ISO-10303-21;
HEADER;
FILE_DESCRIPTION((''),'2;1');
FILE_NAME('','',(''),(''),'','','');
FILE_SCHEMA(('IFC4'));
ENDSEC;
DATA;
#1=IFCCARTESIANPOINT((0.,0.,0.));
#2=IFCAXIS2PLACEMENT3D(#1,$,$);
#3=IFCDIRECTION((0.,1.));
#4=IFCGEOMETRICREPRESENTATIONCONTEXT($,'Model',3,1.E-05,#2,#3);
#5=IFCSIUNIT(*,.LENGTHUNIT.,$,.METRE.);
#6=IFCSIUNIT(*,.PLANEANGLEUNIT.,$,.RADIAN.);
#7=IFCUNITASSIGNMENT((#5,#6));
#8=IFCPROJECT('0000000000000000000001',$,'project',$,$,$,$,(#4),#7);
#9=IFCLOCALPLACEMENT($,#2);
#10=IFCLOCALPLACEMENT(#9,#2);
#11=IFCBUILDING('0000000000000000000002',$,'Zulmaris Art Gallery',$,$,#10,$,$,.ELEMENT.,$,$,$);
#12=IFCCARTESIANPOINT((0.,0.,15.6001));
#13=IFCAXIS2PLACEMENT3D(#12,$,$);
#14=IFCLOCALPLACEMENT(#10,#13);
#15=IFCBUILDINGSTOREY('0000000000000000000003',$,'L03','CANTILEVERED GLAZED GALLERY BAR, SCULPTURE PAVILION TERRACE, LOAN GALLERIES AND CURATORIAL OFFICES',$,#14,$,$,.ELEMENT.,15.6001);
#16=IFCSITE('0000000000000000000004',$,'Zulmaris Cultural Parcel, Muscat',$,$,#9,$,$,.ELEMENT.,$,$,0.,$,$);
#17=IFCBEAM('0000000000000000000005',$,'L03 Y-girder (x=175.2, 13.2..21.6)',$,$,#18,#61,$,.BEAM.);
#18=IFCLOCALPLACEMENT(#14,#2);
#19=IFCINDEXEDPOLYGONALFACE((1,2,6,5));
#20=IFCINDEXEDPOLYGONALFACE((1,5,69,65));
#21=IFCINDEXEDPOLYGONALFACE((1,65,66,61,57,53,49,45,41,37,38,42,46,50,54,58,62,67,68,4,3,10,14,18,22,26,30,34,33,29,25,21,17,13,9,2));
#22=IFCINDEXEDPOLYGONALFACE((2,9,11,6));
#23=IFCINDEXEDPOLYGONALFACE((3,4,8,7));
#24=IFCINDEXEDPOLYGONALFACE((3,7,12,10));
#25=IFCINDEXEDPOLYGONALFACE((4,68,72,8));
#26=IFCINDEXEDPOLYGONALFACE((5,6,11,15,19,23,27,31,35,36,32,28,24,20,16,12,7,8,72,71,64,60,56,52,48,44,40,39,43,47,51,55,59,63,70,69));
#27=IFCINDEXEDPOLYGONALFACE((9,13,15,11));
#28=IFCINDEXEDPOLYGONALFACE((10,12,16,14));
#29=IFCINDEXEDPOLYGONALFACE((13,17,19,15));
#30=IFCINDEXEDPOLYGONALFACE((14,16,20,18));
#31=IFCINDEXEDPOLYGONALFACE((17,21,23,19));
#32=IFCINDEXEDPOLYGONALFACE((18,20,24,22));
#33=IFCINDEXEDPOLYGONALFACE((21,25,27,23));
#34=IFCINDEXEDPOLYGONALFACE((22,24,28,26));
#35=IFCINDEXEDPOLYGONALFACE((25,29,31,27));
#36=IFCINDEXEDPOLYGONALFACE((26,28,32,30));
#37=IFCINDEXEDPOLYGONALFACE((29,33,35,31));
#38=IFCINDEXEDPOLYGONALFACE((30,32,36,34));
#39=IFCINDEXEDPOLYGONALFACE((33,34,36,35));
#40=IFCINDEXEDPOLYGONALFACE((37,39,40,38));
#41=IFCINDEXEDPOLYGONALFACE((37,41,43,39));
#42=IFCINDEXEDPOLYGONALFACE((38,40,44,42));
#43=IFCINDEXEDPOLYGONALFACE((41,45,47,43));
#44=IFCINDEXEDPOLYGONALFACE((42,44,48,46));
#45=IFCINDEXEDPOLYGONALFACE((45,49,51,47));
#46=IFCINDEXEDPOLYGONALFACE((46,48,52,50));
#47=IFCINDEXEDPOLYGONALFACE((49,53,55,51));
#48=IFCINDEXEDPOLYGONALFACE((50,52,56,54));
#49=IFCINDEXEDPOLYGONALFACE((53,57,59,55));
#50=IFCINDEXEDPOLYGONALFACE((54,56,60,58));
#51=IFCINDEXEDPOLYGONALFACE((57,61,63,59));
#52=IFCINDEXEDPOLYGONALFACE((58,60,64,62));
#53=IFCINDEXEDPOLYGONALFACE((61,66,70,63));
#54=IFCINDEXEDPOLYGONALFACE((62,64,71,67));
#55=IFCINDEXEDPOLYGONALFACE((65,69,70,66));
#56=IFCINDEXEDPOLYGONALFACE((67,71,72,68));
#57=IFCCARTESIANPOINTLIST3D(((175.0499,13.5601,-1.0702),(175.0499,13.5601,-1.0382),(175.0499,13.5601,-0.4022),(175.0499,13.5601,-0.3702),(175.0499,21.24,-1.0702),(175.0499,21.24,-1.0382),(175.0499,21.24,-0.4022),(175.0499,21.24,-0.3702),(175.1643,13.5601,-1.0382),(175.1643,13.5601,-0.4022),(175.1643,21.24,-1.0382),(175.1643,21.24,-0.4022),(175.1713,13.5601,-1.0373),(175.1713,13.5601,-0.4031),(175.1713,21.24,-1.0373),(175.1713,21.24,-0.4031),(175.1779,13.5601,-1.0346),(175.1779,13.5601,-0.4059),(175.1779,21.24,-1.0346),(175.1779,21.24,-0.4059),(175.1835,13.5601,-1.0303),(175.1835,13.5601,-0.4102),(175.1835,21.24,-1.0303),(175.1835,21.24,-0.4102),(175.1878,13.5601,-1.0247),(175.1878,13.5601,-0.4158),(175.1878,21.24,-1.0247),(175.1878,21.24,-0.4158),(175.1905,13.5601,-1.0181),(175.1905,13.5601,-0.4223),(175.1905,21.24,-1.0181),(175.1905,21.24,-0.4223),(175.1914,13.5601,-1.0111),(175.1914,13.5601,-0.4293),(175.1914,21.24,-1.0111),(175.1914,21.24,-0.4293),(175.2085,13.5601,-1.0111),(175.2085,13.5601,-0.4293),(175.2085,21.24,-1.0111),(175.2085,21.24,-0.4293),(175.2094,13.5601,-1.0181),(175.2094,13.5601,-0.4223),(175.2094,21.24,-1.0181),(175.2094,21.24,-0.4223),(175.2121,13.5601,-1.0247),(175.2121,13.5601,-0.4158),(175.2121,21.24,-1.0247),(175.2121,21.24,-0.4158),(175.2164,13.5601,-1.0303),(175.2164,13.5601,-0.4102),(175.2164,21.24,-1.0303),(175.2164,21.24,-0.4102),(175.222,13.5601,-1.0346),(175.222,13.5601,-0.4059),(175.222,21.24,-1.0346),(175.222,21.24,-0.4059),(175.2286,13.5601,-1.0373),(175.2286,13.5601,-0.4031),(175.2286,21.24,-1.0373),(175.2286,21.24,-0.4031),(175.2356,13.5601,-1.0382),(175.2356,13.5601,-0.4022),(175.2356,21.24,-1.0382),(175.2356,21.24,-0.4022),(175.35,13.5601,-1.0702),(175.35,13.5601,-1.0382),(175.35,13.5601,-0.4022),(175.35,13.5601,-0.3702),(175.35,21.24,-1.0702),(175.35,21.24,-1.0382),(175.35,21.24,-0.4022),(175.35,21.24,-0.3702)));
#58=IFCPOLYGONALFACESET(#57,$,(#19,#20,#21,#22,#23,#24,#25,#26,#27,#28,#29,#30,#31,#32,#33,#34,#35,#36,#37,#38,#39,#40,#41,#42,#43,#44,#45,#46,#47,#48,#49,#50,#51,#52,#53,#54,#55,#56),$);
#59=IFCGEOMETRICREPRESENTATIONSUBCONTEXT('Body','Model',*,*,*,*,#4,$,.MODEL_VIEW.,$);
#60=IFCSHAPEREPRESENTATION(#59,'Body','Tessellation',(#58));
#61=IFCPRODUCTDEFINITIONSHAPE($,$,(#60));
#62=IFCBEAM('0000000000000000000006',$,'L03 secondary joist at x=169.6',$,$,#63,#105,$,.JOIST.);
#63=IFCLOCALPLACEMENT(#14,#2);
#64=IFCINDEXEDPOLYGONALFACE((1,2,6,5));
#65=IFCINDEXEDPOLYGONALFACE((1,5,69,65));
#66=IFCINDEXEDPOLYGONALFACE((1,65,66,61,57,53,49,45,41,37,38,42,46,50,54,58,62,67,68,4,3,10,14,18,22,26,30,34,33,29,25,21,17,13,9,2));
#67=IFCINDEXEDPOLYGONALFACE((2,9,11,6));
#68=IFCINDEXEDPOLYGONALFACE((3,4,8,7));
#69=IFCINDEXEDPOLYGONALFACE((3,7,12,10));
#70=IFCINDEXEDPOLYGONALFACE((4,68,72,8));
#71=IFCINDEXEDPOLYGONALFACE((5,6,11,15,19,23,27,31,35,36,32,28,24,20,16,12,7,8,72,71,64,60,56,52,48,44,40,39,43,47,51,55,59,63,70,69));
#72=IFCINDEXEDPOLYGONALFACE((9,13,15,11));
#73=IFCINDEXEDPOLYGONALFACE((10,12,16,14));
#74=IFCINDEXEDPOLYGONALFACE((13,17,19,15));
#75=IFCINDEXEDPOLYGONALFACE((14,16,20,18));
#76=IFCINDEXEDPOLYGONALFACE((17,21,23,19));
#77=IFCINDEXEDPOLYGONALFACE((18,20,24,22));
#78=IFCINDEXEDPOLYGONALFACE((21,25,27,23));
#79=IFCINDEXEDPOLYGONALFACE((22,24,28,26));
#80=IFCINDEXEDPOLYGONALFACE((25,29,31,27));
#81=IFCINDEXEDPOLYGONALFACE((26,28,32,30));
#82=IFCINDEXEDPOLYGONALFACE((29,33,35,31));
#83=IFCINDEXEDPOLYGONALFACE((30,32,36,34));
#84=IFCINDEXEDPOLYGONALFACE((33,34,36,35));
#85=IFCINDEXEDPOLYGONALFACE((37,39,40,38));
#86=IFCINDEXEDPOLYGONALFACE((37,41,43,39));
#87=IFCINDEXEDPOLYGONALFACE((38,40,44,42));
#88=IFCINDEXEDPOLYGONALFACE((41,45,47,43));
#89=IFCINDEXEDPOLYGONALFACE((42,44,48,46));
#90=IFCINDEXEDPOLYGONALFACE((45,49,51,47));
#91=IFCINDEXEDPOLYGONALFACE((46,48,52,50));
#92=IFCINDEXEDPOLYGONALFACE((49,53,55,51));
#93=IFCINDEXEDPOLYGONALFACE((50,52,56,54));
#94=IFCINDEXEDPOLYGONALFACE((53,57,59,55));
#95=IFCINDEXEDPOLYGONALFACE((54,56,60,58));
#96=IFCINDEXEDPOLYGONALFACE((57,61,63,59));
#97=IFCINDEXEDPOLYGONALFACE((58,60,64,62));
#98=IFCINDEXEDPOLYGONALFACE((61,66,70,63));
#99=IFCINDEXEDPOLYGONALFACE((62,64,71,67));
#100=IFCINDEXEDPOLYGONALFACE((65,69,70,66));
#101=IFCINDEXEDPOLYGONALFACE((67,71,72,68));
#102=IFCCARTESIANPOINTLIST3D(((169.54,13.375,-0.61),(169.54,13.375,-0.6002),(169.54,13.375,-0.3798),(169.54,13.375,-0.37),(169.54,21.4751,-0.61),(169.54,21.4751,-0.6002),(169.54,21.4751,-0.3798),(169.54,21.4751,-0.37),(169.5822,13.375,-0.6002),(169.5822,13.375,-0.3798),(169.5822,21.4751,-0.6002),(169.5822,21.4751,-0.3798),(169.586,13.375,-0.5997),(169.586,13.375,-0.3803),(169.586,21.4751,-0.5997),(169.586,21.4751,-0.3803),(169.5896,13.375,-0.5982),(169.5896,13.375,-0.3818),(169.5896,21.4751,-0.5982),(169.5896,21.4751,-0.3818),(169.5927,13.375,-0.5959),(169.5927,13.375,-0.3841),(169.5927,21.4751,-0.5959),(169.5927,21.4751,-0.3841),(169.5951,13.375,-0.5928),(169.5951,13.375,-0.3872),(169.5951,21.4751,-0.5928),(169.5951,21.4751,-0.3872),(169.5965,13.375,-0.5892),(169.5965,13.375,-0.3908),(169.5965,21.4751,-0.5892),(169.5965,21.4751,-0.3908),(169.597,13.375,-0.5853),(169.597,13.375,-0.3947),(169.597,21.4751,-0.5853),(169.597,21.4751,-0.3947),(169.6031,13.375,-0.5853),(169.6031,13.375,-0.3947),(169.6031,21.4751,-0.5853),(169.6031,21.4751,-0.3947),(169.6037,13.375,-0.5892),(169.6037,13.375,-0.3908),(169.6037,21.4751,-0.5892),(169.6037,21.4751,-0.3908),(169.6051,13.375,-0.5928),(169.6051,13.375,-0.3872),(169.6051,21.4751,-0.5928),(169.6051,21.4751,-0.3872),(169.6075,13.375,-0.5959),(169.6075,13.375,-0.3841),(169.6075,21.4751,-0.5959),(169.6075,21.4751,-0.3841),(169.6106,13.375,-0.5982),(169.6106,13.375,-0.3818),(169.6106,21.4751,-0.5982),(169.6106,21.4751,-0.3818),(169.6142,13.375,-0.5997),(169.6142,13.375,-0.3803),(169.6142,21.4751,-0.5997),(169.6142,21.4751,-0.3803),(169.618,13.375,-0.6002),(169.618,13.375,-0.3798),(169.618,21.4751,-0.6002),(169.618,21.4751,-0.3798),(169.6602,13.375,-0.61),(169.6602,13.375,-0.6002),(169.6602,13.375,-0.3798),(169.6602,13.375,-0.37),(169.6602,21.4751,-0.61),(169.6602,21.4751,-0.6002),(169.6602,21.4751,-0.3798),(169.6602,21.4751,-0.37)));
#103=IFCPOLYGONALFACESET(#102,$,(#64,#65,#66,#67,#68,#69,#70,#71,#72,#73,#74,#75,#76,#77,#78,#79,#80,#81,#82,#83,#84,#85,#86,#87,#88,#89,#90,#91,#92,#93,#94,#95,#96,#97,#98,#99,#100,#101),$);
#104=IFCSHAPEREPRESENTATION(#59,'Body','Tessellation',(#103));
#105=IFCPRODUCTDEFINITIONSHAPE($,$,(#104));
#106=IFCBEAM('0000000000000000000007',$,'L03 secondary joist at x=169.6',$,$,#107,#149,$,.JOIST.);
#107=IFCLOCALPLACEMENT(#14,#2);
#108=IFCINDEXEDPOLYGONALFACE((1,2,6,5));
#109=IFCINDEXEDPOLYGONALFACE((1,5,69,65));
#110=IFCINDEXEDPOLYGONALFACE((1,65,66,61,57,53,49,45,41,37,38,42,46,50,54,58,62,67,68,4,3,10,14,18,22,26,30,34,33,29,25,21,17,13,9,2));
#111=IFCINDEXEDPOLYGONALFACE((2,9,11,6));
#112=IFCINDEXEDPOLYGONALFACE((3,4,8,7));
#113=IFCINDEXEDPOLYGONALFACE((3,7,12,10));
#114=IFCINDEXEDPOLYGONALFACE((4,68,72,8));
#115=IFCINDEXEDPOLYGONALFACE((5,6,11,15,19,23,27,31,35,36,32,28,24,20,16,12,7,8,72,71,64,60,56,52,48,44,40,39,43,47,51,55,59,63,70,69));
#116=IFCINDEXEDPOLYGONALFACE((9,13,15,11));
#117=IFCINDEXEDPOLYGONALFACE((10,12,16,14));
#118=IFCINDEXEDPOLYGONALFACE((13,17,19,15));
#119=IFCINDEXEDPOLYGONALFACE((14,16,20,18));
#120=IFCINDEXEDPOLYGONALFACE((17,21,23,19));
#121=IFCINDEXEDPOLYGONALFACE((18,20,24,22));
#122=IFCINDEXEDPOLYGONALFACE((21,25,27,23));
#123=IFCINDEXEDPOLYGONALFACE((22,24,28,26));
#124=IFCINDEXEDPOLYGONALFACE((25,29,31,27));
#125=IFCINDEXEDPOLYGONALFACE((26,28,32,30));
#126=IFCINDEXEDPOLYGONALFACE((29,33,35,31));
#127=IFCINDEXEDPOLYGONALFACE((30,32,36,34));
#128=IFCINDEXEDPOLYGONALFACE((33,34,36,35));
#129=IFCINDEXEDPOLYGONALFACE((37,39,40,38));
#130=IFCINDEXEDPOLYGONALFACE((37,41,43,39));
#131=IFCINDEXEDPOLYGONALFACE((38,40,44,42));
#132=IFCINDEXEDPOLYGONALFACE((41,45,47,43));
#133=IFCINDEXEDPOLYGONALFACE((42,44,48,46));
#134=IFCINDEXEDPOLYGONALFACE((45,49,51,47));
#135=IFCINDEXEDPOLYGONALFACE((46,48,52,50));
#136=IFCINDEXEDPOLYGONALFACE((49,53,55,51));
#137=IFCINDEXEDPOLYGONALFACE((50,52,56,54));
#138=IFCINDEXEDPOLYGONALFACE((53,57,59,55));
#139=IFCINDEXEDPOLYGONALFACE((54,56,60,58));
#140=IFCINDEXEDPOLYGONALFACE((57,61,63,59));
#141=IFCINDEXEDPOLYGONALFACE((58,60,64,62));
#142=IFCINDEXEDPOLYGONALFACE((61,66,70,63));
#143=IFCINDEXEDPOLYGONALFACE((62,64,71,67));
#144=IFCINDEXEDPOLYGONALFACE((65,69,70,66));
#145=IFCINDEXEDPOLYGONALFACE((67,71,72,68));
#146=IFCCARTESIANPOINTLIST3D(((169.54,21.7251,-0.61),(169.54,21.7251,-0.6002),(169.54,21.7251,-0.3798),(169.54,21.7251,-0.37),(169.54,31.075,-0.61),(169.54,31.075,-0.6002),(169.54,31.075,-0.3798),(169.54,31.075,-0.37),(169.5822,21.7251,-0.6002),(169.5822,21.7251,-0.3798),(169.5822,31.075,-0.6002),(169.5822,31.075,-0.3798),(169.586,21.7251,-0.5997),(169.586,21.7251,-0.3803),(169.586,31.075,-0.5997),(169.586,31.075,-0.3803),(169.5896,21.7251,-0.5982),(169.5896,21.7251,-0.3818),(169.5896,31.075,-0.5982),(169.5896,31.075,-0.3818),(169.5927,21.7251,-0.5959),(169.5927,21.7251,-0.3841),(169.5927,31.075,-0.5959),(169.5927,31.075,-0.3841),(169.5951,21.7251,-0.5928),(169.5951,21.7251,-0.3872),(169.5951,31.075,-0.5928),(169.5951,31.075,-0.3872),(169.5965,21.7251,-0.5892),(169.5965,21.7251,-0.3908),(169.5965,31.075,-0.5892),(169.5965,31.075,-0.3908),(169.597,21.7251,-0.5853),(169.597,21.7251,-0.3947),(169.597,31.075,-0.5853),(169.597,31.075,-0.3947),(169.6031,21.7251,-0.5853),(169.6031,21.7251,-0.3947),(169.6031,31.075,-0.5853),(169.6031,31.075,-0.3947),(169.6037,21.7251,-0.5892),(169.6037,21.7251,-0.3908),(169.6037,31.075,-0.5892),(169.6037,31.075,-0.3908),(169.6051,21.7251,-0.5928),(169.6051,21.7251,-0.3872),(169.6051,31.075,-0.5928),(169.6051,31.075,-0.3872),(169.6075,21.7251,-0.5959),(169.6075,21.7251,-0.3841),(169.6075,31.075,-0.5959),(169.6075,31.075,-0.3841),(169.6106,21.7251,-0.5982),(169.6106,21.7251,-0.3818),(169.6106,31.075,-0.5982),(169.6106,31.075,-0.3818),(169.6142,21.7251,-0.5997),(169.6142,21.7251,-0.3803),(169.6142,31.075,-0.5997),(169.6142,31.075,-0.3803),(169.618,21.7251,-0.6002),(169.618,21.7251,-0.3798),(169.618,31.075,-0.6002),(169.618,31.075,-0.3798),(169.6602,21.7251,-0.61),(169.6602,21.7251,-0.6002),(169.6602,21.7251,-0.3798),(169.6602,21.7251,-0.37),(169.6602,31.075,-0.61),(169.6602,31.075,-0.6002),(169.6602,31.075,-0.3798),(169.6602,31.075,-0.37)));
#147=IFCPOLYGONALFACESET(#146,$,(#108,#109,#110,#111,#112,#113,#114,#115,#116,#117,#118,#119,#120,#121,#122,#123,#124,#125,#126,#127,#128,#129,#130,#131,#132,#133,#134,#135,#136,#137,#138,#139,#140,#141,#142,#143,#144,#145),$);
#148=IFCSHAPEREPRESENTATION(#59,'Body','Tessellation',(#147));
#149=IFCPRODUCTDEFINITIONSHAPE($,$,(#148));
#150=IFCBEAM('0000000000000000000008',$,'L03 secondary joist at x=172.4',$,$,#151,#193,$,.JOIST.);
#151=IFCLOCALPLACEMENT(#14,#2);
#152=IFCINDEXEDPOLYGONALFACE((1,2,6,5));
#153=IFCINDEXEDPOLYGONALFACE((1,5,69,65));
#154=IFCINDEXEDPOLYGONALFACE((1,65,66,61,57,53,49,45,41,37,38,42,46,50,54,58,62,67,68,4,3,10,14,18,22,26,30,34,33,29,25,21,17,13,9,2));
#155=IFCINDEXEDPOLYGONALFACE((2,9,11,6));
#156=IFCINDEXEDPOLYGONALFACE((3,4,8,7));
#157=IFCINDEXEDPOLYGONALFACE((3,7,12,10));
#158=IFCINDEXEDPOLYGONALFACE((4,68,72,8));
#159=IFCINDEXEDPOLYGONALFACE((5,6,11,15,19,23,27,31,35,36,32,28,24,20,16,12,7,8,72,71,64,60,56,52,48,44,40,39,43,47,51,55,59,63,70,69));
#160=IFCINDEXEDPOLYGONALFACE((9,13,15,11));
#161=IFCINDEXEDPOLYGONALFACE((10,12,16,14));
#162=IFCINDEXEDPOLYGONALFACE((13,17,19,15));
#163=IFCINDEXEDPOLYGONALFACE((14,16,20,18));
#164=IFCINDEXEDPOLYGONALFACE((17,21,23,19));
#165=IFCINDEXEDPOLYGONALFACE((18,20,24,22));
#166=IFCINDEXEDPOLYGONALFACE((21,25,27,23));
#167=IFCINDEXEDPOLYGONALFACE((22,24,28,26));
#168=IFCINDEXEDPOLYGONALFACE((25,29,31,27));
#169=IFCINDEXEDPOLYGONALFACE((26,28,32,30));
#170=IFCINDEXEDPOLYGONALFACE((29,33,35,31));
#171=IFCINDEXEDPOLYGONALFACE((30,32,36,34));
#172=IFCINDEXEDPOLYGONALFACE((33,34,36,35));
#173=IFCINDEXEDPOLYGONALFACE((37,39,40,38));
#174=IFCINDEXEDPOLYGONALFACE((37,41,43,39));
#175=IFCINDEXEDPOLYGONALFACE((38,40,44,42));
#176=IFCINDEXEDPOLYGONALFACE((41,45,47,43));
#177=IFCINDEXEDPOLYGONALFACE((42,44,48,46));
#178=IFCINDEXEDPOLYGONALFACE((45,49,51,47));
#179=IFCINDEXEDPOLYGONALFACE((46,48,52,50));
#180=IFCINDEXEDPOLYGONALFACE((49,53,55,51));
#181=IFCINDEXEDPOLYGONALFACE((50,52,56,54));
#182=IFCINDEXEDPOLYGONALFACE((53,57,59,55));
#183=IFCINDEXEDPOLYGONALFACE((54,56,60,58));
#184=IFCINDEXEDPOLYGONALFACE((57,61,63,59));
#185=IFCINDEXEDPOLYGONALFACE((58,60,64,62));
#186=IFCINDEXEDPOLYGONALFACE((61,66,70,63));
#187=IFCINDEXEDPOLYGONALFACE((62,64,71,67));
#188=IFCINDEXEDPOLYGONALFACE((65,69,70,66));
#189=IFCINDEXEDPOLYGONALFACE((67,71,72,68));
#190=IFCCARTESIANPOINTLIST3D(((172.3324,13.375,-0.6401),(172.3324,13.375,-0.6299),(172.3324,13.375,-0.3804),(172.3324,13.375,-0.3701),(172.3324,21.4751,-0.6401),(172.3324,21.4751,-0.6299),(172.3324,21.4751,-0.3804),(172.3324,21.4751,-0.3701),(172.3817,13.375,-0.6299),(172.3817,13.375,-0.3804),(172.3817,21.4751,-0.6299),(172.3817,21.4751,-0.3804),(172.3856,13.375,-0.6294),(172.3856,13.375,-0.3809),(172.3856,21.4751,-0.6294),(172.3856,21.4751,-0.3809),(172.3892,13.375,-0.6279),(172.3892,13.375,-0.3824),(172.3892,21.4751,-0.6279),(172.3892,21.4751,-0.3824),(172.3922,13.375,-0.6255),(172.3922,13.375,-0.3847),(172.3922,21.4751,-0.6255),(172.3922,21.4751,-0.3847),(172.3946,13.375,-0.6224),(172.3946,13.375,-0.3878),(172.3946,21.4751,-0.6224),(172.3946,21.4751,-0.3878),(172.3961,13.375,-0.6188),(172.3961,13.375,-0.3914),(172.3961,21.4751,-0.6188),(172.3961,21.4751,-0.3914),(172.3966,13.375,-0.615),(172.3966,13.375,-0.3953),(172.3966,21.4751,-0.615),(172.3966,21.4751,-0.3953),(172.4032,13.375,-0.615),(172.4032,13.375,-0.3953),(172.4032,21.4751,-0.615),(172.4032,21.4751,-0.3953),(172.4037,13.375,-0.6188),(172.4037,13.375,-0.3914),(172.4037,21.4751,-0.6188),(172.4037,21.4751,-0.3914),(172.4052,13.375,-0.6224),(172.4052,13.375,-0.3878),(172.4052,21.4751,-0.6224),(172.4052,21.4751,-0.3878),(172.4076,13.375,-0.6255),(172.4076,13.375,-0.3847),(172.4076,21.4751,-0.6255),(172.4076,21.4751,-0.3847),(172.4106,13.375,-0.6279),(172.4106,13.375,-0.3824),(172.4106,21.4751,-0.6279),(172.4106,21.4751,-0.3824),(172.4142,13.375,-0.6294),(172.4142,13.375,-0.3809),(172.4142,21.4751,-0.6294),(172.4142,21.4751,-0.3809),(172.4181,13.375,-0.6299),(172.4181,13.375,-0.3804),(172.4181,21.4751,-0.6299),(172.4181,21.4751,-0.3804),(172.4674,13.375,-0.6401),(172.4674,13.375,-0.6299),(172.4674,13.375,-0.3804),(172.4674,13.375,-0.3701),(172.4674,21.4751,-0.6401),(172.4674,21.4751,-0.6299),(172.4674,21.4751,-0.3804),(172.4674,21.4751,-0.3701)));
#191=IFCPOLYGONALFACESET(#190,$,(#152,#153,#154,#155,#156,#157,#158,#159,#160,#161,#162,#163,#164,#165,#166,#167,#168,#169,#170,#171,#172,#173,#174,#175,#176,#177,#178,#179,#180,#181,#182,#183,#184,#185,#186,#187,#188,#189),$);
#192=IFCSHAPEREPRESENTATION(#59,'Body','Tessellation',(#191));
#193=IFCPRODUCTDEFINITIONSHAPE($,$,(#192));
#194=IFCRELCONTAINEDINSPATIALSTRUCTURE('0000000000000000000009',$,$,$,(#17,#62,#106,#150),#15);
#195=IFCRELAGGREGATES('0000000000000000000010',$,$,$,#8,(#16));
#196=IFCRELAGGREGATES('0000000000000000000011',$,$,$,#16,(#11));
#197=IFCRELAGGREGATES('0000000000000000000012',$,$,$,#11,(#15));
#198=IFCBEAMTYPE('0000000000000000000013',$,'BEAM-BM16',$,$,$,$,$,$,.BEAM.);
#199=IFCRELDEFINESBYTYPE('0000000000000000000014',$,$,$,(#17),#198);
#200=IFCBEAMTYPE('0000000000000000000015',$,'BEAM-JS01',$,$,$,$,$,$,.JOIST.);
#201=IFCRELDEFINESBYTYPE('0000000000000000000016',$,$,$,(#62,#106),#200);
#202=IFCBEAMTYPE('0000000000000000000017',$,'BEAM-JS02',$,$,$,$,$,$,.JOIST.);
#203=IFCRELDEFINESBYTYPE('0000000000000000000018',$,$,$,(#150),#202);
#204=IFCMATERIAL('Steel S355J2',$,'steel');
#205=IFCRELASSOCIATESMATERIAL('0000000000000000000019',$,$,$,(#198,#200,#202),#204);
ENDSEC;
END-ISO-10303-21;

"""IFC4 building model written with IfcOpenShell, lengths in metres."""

from ifc_helpers import new_model, si_unit, direction, frame, origin, origin_2d, place, context, subcontext, project, spatial, i_section, extrude, material, material_profile, profile_set, type_object, element, save


model = new_model("IFC4")

# Units and contexts
model_context = context("Model", 3, precision=1e-05, world=origin(), true_north=direction((0.0, 1.0)))
body_context = subcontext(model_context, "Body", "Model", "MODEL_VIEW")
ifc_project = project(units=[si_unit("LENGTHUNIT", "METRE"), si_unit("PLANEANGLEUNIT", "RADIAN")], contexts=[model_context])

# Site, building, storey
site_placement = place(None, origin())
site = spatial("IfcSite", under=ifc_project, at=site_placement, Name="Zulmaris Cultural Parcel, Muscat", CompositionType="ELEMENT", RefElevation=0.0)
building_placement = place(site_placement, origin())
building = spatial("IfcBuilding", under=site, at=building_placement, Name="Zulmaris Art Gallery", CompositionType="ELEMENT")
storey_placement = place(building_placement, frame((0.0, 0.0, 15.6001)))
storey = spatial("IfcBuildingStorey", under=building, at=storey_placement, Name="L03", Description="CANTILEVERED GLAZED GALLERY BAR, SCULPTURE PAVILION TERRACE, LOAN GALLERIES AND CURATORIAL OFFICES", CompositionType="ELEMENT", Elevation=15.6001)

# Beams
ifc_material_1 = material(Name="Steel S355J2", Category="steel")
ifc_material_profile_1 = material_profile(ifc_material_1, i_section(OverallWidth=0.3, OverallDepth=0.7, WebThickness=0.0171, FlangeThickness=0.032, FilletRadius=0.0271, at=origin_2d()), Name="HEB 700")
ifc_profile_set_1 = profile_set([ifc_material_profile_1], Name="Steel S355J2")
beam_type_1 = type_object("IfcBeamType", Name="BEAM-BM16", PredefinedType="BEAM", material=ifc_profile_set_1)
beam_1_placement = place(storey_placement, frame((175.2, 13.5601, -0.7202), z_axis=(0.0, 1.0, 0.0), x_axis=(-1.0, 0.0, 0.0)))
element("IfcBeam", 1, at=beam_1_placement, inside=storey, type_object=beam_type_1, Name="L03 Y-girder (x=175.2, 13.2..21.6)", PredefinedType="BEAM", context=body_context, shape_type="SweptSolid", body=[
    extrude(i_section(OverallWidth=0.3, OverallDepth=0.7, WebThickness=0.0171, FlangeThickness=0.032, FilletRadius=0.0271, at=origin_2d()), origin(), (0.0, 0.0, 1.0), 7.6799),
])
ifc_material_profile_2 = material_profile(ifc_material_1, i_section(OverallWidth=0.1201, OverallDepth=0.24, WebThickness=0.0061, FlangeThickness=0.0098, FilletRadius=0.0149, at=origin_2d()), Name="IPE 240")
ifc_profile_set_2 = profile_set([ifc_material_profile_2], Name="Steel S355J2")
beam_type_2 = type_object("IfcBeamType", Name="BEAM-JS01", PredefinedType="JOIST", material=ifc_profile_set_2)
beam_2_placement = place(storey_placement, frame((169.6001, 13.375, -0.49), z_axis=(0.0, 1.0, 0.0), x_axis=(-1.0, 0.0, 0.0)))
element("IfcBeam", 2, at=beam_2_placement, inside=storey, type_object=beam_type_2, Name="L03 secondary joist at x=169.6", PredefinedType="JOIST", context=body_context, shape_type="SweptSolid", body=[
    extrude(i_section(OverallWidth=0.1201, OverallDepth=0.24, WebThickness=0.0061, FlangeThickness=0.0098, FilletRadius=0.0149, at=origin_2d()), origin(), (0.0, 0.0, 1.0), 8.1001),
])
beam_3_placement = place(storey_placement, frame((169.6001, 21.7251, -0.49), z_axis=(0.0, 1.0, 0.0), x_axis=(-1.0, 0.0, 0.0)))
element("IfcBeam", 3, at=beam_3_placement, inside=storey, type_object=beam_type_2, Name="L03 secondary joist at x=169.6", PredefinedType="JOIST", context=body_context, shape_type="SweptSolid", body=[
    extrude(i_section(OverallWidth=0.1201, OverallDepth=0.24, WebThickness=0.0061, FlangeThickness=0.0098, FilletRadius=0.0149, at=origin_2d()), origin(), (0.0, 0.0, 1.0), 9.3499),
])
ifc_material_profile_3 = material_profile(ifc_material_1, i_section(OverallWidth=0.135, OverallDepth=0.27, WebThickness=0.0066, FlangeThickness=0.0103, FilletRadius=0.0149, at=origin_2d()), Name="IPE 270")
ifc_profile_set_3 = profile_set([ifc_material_profile_3], Name="Steel S355J2")
beam_type_3 = type_object("IfcBeamType", Name="BEAM-JS02", PredefinedType="JOIST", material=ifc_profile_set_3)
beam_4_placement = place(storey_placement, frame((172.3999, 13.375, -0.5051), z_axis=(0.0, 1.0, 0.0), x_axis=(-1.0, 0.0, 0.0)))
element("IfcBeam", 4, at=beam_4_placement, inside=storey, type_object=beam_type_3, Name="L03 secondary joist at x=172.4", PredefinedType="JOIST", context=body_context, shape_type="SweptSolid", body=[
    extrude(i_section(OverallWidth=0.135, OverallDepth=0.27, WebThickness=0.0066, FlangeThickness=0.0103, FilletRadius=0.0149, at=origin_2d()), origin(), (0.0, 0.0, 1.0), 8.1001),
])

save(model, "model.ifc")
